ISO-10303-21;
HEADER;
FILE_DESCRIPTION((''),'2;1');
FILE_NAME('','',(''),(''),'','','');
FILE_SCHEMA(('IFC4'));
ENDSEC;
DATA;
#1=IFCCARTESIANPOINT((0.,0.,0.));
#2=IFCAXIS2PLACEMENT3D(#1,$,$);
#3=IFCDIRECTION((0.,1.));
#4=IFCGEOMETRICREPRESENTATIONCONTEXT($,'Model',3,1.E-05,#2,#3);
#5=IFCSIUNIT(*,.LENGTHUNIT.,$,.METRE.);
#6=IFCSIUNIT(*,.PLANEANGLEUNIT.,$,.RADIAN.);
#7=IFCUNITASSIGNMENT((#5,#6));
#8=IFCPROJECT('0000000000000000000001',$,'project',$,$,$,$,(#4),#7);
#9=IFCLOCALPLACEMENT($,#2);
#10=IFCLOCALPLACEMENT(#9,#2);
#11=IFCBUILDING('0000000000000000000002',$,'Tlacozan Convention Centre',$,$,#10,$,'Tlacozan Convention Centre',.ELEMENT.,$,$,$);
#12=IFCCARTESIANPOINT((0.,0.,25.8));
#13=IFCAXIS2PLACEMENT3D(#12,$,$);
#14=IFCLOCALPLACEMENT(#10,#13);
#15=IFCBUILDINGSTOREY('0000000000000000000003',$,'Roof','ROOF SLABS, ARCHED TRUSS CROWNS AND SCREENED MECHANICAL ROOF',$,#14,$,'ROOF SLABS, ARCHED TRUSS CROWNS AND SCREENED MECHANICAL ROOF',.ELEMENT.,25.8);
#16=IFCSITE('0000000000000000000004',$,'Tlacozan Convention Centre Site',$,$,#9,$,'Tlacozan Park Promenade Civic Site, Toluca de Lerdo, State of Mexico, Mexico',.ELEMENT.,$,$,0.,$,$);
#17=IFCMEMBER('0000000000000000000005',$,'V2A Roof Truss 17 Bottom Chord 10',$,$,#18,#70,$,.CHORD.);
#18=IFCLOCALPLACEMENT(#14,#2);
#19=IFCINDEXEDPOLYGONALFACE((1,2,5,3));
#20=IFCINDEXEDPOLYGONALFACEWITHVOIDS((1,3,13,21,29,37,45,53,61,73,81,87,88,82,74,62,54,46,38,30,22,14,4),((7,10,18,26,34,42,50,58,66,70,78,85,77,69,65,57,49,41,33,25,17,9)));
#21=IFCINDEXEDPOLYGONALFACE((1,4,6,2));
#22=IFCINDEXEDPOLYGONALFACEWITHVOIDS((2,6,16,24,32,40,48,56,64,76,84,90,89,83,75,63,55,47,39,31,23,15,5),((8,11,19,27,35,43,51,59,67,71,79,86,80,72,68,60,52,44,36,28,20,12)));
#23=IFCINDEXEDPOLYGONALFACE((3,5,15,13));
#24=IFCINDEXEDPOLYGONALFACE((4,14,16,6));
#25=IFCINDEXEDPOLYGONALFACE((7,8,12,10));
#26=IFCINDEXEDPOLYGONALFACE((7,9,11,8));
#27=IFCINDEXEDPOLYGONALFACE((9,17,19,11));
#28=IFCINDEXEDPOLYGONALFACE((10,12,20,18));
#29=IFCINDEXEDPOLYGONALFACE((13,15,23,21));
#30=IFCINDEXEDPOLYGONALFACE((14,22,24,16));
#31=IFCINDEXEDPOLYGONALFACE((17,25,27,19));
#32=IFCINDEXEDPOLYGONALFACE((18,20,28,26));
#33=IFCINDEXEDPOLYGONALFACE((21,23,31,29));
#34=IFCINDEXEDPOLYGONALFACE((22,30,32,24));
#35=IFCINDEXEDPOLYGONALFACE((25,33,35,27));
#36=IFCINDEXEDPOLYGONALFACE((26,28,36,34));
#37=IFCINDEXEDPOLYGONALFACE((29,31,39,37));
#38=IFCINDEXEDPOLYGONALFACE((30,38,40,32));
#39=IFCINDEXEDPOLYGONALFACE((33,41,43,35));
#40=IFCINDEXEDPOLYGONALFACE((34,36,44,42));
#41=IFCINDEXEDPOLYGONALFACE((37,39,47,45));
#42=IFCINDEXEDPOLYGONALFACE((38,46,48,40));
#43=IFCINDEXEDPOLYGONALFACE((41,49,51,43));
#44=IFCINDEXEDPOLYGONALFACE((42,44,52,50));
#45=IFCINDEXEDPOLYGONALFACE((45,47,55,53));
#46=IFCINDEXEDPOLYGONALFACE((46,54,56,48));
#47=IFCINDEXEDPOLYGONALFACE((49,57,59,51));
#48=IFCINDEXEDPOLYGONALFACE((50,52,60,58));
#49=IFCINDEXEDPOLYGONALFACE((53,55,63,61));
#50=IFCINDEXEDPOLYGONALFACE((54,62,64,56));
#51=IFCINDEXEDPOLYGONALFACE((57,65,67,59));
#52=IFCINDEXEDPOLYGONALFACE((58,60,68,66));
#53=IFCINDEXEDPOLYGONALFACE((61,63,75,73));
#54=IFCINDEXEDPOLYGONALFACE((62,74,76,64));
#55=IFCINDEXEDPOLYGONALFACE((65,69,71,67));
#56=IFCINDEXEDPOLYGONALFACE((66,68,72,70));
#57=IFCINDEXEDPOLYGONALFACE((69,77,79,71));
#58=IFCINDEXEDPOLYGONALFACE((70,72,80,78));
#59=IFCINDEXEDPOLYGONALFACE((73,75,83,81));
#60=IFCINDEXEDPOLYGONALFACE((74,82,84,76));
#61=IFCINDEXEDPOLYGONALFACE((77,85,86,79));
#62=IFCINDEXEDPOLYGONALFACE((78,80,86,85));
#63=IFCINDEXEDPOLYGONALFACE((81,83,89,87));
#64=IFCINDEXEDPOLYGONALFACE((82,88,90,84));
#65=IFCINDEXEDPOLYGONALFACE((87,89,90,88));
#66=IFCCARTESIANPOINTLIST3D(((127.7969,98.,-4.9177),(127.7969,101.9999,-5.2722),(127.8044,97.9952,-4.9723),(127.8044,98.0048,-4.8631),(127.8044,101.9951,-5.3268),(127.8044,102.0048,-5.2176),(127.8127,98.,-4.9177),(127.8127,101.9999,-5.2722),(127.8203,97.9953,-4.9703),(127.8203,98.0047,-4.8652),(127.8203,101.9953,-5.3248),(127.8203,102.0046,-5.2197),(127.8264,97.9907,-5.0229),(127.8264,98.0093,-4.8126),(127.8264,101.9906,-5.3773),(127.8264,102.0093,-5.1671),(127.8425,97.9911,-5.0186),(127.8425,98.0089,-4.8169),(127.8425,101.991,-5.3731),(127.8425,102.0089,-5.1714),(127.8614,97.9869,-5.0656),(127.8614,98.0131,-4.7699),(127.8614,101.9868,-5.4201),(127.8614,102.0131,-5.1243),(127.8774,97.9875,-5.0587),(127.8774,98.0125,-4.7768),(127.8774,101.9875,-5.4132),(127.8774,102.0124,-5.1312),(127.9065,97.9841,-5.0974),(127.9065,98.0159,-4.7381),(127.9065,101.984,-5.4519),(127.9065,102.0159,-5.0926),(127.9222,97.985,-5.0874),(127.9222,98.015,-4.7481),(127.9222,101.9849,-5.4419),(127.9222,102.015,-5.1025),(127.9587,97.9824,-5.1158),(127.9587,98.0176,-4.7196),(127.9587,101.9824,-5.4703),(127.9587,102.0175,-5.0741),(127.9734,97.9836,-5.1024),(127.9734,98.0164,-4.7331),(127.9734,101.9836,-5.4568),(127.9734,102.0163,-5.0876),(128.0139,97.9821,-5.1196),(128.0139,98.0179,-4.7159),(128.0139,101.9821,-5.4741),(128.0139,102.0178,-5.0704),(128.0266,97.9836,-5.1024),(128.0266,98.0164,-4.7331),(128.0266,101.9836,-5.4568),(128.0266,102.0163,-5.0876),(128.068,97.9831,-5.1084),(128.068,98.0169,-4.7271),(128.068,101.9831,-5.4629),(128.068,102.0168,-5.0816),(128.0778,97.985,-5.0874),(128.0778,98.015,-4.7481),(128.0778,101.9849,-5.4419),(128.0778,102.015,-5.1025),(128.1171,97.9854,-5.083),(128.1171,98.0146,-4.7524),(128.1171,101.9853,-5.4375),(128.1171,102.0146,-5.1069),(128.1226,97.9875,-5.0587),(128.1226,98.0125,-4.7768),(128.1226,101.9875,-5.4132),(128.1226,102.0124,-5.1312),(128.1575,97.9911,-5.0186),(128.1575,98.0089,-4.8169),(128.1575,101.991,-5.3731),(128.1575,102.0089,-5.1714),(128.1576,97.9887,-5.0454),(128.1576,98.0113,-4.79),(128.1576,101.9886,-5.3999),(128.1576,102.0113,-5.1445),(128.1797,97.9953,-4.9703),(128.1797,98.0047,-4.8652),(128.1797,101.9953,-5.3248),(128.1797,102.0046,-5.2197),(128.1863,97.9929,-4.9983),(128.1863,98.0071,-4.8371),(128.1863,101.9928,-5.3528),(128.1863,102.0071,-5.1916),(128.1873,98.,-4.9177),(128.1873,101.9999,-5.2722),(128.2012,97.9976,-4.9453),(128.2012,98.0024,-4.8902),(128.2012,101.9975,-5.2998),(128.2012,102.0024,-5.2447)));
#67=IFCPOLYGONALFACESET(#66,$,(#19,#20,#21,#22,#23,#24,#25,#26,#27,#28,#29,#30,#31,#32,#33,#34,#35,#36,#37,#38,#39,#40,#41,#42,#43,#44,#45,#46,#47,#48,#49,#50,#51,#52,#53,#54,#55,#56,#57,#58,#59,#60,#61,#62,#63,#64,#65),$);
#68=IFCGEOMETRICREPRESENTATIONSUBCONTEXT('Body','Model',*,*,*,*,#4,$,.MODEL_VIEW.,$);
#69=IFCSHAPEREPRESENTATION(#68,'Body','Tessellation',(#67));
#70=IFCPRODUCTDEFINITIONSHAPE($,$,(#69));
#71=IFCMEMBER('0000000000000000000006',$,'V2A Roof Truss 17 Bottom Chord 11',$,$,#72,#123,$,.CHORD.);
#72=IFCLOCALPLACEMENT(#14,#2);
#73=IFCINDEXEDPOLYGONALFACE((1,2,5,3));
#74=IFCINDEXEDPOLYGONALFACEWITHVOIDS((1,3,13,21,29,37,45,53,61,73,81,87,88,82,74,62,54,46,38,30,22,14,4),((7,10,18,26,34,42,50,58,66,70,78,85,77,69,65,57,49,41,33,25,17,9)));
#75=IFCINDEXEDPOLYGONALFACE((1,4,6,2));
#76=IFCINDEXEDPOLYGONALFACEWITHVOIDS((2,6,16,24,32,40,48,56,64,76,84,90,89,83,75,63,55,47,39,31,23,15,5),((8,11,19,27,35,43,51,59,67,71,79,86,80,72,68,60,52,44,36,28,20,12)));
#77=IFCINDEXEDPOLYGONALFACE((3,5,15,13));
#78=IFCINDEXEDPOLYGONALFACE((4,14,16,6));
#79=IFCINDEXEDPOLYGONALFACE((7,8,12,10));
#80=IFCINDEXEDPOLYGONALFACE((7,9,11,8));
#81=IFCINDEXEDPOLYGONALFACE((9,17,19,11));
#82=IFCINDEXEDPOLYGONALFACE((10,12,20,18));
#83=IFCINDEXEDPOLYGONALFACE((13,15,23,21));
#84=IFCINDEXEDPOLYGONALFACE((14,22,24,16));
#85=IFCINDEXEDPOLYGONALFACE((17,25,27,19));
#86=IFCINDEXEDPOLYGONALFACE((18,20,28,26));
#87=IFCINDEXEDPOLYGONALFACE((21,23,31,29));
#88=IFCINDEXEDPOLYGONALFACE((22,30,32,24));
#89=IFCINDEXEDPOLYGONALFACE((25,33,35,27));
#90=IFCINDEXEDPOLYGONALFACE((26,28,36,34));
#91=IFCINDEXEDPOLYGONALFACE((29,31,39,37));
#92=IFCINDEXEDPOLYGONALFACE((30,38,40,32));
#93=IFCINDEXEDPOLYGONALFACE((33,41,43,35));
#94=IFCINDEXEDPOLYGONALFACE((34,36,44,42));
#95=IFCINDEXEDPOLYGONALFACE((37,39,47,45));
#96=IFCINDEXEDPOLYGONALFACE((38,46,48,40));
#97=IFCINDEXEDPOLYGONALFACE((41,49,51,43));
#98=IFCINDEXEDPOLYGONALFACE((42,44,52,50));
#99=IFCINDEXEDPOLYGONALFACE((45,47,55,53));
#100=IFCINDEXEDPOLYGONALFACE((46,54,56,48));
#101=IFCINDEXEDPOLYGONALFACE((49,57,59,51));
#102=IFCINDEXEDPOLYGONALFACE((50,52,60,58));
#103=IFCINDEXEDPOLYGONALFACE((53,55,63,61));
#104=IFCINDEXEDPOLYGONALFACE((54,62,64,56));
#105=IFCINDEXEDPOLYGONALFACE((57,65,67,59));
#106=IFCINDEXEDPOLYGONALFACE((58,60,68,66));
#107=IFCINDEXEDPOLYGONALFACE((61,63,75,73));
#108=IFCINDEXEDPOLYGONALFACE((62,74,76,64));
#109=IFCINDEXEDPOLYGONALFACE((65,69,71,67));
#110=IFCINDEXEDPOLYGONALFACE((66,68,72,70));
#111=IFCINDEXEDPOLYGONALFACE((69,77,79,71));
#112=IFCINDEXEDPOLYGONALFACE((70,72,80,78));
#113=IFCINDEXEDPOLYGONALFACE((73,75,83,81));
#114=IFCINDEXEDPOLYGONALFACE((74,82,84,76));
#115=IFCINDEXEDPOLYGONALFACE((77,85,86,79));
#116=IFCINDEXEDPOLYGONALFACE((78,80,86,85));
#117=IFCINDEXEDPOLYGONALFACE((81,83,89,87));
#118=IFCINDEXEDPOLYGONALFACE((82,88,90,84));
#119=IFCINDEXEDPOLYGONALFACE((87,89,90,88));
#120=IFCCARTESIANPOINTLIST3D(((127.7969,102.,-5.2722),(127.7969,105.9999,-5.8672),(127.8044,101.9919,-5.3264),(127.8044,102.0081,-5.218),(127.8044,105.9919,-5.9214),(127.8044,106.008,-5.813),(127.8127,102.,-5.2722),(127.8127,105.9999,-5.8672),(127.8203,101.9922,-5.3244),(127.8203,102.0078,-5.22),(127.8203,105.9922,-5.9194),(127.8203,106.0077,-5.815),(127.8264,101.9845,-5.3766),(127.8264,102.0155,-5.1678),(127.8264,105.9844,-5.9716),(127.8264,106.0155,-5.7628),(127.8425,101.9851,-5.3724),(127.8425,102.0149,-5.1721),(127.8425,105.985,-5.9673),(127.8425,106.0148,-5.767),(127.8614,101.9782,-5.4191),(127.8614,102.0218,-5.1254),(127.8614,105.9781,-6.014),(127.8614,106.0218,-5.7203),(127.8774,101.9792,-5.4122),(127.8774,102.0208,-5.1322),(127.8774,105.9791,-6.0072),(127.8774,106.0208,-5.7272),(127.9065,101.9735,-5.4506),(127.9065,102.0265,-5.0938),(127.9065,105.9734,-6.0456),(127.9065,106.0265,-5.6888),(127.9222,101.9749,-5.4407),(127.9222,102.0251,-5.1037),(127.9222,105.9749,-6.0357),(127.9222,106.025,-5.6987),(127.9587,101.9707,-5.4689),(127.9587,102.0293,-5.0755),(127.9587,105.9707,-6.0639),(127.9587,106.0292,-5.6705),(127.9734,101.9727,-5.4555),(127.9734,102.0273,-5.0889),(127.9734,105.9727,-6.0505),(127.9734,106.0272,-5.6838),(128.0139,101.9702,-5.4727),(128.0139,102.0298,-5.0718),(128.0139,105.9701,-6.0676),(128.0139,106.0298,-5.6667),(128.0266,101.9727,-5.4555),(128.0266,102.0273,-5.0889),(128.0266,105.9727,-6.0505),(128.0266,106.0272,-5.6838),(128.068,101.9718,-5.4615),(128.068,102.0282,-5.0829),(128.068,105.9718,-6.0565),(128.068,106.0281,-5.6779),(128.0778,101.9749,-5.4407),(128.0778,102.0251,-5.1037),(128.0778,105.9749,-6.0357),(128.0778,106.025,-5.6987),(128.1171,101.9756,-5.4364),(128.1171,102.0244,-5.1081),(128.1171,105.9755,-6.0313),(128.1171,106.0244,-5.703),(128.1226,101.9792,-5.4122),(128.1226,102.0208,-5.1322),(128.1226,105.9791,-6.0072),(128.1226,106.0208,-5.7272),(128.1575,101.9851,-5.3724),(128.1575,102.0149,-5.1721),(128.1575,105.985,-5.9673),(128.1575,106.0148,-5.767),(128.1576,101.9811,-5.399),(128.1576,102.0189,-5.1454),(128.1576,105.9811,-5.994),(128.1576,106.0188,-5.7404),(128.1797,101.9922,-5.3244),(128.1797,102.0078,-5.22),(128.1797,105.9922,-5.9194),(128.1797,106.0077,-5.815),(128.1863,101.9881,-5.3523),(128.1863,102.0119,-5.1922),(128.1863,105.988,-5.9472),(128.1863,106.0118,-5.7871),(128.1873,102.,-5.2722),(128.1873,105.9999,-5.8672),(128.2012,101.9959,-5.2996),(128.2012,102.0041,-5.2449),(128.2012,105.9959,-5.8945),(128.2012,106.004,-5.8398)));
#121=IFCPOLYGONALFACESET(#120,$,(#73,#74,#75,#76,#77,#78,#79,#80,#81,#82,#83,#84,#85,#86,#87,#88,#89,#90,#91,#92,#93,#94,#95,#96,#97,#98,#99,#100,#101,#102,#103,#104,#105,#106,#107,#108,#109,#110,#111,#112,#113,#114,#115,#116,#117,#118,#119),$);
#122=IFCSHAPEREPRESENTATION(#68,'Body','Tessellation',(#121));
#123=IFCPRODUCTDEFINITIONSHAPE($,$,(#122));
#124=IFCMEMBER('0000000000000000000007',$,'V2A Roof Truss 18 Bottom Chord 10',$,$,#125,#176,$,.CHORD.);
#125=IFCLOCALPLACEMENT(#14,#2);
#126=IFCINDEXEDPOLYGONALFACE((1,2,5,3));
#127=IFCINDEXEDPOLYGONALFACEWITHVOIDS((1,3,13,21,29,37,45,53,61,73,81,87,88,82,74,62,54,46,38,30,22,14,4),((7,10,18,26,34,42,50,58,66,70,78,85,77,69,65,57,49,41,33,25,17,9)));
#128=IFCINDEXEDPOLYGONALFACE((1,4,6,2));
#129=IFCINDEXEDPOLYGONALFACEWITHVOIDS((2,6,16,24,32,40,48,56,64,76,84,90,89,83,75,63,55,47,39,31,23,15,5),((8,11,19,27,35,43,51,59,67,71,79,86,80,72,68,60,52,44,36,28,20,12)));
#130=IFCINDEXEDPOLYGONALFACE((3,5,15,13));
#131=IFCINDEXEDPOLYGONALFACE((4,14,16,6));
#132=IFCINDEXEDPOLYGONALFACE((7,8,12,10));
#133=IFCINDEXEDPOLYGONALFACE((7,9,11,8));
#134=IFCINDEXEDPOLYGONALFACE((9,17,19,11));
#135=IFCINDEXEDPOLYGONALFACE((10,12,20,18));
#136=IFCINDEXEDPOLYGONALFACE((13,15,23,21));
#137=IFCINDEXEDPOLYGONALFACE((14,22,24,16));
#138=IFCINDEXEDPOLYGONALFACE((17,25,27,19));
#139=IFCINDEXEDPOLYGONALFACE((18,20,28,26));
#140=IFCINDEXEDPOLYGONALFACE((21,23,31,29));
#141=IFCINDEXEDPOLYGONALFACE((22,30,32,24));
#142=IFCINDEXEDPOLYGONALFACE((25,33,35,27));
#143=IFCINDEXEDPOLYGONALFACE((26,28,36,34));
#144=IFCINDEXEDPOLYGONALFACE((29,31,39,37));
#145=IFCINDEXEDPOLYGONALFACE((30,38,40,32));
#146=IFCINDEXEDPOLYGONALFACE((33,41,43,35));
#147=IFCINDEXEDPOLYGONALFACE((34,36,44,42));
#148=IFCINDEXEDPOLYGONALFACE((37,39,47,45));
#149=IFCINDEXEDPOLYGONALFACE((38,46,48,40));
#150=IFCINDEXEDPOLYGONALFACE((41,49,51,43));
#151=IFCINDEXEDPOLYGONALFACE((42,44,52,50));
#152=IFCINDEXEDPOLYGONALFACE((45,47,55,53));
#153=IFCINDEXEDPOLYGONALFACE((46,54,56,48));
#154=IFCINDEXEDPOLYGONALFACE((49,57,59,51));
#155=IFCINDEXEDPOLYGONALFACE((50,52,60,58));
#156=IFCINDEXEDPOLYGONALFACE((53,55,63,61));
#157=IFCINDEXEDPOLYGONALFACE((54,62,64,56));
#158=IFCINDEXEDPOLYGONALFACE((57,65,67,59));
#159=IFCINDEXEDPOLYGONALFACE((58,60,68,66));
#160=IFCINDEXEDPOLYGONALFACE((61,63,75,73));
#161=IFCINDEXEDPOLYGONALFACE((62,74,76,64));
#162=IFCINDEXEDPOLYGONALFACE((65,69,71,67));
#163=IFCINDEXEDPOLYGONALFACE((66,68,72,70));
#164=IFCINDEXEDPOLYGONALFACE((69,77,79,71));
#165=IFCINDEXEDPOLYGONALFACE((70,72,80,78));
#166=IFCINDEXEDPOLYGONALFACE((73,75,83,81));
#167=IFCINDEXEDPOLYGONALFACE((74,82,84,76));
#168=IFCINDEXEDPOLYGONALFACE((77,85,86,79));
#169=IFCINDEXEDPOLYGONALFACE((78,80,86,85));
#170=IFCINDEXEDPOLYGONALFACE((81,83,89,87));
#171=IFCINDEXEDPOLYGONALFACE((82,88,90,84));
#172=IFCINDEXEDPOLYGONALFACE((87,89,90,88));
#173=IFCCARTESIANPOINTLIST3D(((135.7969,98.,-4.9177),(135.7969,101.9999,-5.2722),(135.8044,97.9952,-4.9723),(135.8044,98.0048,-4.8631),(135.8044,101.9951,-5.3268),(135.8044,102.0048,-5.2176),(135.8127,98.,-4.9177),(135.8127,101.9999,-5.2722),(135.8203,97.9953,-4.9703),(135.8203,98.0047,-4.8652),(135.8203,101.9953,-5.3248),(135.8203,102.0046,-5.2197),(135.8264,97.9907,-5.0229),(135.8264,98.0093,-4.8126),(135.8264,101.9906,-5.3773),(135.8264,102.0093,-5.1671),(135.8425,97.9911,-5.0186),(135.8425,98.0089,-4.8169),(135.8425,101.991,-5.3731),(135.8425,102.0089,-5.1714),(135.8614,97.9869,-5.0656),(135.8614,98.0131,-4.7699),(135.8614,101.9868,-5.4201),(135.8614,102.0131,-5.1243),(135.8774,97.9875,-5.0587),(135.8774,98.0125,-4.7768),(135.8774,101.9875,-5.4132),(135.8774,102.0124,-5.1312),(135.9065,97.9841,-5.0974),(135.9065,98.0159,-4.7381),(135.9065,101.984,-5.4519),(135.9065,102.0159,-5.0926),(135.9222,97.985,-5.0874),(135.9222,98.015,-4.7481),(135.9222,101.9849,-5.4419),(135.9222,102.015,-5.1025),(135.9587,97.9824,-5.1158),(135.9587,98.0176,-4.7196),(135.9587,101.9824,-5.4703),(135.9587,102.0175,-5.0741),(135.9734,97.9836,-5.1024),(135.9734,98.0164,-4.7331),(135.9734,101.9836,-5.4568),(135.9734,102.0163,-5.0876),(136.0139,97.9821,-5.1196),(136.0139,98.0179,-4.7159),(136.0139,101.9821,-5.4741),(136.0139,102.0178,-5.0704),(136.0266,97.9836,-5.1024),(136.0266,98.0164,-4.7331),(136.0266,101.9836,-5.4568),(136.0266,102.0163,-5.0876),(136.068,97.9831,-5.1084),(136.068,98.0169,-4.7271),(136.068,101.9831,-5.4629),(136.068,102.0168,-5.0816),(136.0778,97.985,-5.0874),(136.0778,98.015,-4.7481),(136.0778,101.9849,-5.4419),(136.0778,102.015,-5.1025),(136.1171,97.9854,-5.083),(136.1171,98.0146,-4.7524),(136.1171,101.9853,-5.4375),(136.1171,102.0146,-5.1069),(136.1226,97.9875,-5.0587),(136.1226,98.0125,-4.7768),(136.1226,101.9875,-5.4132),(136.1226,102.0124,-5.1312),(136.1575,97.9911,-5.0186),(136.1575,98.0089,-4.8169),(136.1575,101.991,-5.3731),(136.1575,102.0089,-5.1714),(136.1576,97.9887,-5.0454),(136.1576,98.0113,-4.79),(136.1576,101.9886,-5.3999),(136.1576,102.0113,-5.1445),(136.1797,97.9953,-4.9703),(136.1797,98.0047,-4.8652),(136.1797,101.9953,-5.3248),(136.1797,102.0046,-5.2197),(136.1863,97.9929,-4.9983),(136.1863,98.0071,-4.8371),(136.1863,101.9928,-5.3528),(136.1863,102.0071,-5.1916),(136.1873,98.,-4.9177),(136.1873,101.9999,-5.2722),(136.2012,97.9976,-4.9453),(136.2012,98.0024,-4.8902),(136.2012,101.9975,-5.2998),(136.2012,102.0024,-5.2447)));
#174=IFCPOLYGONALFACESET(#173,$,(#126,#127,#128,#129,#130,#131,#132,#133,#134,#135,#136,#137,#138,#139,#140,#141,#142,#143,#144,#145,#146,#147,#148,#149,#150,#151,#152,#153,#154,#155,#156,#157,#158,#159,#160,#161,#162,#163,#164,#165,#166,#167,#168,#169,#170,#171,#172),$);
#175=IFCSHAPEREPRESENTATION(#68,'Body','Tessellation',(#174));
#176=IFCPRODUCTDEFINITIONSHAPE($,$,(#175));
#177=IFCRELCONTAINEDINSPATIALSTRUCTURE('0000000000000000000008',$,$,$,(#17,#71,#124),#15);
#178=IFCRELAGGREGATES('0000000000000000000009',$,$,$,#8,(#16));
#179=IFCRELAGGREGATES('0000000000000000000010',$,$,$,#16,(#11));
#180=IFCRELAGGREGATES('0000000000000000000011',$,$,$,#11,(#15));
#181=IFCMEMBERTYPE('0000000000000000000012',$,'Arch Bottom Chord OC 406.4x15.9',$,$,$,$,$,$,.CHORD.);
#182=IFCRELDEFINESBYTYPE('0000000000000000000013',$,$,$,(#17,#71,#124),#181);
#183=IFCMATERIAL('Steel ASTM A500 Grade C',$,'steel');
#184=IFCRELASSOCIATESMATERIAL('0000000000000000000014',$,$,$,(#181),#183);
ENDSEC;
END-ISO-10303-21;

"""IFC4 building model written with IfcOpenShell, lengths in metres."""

from ifc_helpers import new_model, si_unit, direction, frame, origin, origin_2d, place, context, subcontext, project, spatial, hollow_circle, extrude, material, material_profile, profile_set, type_object, element, save


model = new_model("IFC4")

# Units and contexts
model_context = context("Model", 3, precision=1e-05, world=origin(), true_north=direction((0.0, 1.0)))
body_context = subcontext(model_context, "Body", "Model", "MODEL_VIEW")
ifc_project = project(units=[si_unit("LENGTHUNIT", "METRE"), si_unit("PLANEANGLEUNIT", "RADIAN")], contexts=[model_context])

# Site, building, storey
site_placement = place(None, origin())
site = spatial("IfcSite", under=ifc_project, at=site_placement, Name="Tlacozan Convention Centre Site", LongName="Tlacozan Park Promenade Civic Site, Toluca de Lerdo, State of Mexico, Mexico", CompositionType="ELEMENT", RefElevation=0.0)
building_placement = place(site_placement, origin())
building = spatial("IfcBuilding", under=site, at=building_placement, Name="Tlacozan Convention Centre", LongName="Tlacozan Convention Centre", CompositionType="ELEMENT")
storey_placement = place(building_placement, frame((0.0, 0.0, 25.8)))
storey = spatial("IfcBuildingStorey", under=building, at=storey_placement, Name="Roof", Description="ROOF SLABS, ARCHED TRUSS CROWNS AND SCREENED MECHANICAL ROOF", LongName="ROOF SLABS, ARCHED TRUSS CROWNS AND SCREENED MECHANICAL ROOF", CompositionType="ELEMENT", Elevation=25.8)

# Members
ifc_material_1 = material(Name="Steel ASTM A500 Grade C", Category="steel")
ifc_material_profile_1 = material_profile(ifc_material_1, hollow_circle(Radius=0.2031, WallThickness=0.0159, at=origin_2d()), Name="OC 406.4x15.9")
ifc_profile_set_1 = profile_set([ifc_material_profile_1], Name="Steel ASTM A500 Grade C")
member_type_1 = type_object("IfcMemberType", Name="Arch Bottom Chord OC 406.4x15.9", PredefinedType="CHORD", material=ifc_profile_set_1)
member_1_placement = place(storey_placement, frame((128.0, 98.0, -4.9177), z_axis=(0.0, 0.996096, -0.088277), x_axis=(-1.0, 0.0, 0.0)))
element("IfcMember", 1, at=member_1_placement, inside=storey, type_object=member_type_1, Name="V2A Roof Truss 17 Bottom Chord 10", PredefinedType="CHORD", context=body_context, shape_type="SweptSolid", body=[
    extrude(hollow_circle(Radius=0.2031, WallThickness=0.0159, at=origin_2d()), origin(), (0.0, 0.0, 1.0), 4.0156),
])
member_2_placement = place(storey_placement, frame((128.0, 102.0, -5.2722), z_axis=(0.0, 0.989118, -0.147124), x_axis=(-1.0, 0.0, 0.0)))
element("IfcMember", 2, at=member_2_placement, inside=storey, type_object=member_type_1, Name="V2A Roof Truss 17 Bottom Chord 11", PredefinedType="CHORD", context=body_context, shape_type="SweptSolid", body=[
    extrude(hollow_circle(Radius=0.2031, WallThickness=0.0159, at=origin_2d()), origin(), (0.0, 0.0, 1.0), 4.0439),
])
member_3_placement = place(storey_placement, frame((136.0, 98.0, -4.9177), z_axis=(0.0, 0.996096, -0.088277), x_axis=(-1.0, 0.0, 0.0)))
element("IfcMember", 3, at=member_3_placement, inside=storey, type_object=member_type_1, Name="V2A Roof Truss 18 Bottom Chord 10", PredefinedType="CHORD", context=body_context, shape_type="SweptSolid", body=[
    extrude(hollow_circle(Radius=0.2031, WallThickness=0.0159, at=origin_2d()), origin(), (0.0, 0.0, 1.0), 4.0156),
])

save(model, "model.ifc")
